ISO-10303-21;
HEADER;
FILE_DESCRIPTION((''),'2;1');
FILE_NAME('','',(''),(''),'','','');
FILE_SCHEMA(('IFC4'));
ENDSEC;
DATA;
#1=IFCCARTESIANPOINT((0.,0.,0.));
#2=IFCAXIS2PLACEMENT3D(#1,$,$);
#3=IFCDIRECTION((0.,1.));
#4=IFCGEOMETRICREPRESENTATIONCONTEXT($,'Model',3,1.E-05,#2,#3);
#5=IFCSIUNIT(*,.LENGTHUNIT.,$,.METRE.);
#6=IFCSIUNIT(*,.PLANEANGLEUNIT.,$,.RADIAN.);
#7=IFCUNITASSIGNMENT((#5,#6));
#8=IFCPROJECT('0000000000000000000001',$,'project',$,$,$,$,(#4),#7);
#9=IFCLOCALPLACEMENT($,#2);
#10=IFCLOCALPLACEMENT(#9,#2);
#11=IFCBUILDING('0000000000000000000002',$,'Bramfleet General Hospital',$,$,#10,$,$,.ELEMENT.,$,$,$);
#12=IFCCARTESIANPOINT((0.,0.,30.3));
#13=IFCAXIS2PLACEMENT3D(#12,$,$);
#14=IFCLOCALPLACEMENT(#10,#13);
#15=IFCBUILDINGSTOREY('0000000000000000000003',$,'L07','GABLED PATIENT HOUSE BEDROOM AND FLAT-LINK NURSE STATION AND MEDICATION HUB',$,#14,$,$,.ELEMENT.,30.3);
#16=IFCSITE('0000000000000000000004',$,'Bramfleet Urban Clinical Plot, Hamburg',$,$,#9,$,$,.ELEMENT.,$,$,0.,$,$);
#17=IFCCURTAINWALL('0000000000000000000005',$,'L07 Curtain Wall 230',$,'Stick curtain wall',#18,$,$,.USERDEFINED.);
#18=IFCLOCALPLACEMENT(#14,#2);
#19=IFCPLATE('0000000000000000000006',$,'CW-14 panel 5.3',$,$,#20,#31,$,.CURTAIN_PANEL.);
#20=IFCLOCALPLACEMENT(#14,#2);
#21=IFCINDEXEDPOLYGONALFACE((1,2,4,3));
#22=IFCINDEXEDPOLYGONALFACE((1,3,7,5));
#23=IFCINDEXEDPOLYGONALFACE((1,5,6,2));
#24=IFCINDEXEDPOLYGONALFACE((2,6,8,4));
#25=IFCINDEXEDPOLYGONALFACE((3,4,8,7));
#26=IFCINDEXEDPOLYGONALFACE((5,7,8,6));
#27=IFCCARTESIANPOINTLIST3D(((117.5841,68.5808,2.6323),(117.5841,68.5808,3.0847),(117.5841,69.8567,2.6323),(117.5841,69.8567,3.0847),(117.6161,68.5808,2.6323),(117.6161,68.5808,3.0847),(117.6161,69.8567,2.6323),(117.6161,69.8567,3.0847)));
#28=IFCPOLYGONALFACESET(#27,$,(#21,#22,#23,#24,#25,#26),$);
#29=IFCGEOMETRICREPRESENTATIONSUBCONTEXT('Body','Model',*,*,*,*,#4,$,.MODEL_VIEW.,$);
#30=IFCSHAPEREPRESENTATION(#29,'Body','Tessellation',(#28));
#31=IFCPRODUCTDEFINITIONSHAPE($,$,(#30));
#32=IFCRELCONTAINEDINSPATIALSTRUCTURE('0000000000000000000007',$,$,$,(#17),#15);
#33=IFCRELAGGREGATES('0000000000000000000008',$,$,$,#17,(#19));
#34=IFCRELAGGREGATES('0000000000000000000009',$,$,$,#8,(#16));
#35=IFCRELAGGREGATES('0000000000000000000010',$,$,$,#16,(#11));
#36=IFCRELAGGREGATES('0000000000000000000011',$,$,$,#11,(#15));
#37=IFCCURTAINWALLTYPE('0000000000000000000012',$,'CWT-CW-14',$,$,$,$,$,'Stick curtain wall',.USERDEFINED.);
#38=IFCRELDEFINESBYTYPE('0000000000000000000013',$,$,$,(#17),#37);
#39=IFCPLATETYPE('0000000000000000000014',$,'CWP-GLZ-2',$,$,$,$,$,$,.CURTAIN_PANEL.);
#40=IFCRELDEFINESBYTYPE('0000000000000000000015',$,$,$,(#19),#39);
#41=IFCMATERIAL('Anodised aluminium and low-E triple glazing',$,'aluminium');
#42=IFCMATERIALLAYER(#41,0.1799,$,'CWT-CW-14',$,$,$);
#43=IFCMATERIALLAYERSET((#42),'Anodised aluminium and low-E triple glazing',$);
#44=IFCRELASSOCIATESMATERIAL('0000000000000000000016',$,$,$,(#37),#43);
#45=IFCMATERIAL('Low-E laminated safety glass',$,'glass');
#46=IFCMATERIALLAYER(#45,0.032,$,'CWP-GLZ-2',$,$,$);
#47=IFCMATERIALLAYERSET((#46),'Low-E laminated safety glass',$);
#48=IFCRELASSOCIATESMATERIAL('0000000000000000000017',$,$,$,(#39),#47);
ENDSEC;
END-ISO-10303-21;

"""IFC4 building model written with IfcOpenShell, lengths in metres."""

from ifc_helpers import new_model, si_unit, direction, frame, origin, origin_2d, place, context, subcontext, project, spatial, rectangle, extrude, material, layer, layer_set, type_object, element, aggregate, save


model = new_model("IFC4")

# Units and contexts
model_context = context("Model", 3, precision=1e-05, world=origin(), true_north=direction((0.0, 1.0)))
body_context = subcontext(model_context, "Body", "Model", "MODEL_VIEW")
ifc_project = project(units=[si_unit("LENGTHUNIT", "METRE"), si_unit("PLANEANGLEUNIT", "RADIAN")], contexts=[model_context])

# Site, building, storey
site_placement = place(None, origin())
site = spatial("IfcSite", under=ifc_project, at=site_placement, Name="Bramfleet Urban Clinical Plot, Hamburg", CompositionType="ELEMENT", RefElevation=0.0)
building_placement = place(site_placement, origin())
building = spatial("IfcBuilding", under=site, at=building_placement, Name="Bramfleet General Hospital", CompositionType="ELEMENT")
storey_placement = place(building_placement, frame((0.0, 0.0, 30.3)))
storey = spatial("IfcBuildingStorey", under=building, at=storey_placement, Name="L07", Description="GABLED PATIENT HOUSE BEDROOM AND FLAT-LINK NURSE STATION AND MEDICATION HUB", CompositionType="ELEMENT", Elevation=30.3)

# Curtain wall, plate
ifc_material_1 = material(Name="Anodised aluminium and low-E triple glazing", Category="aluminium")
ifc_layer_1 = layer(ifc_material_1, 0.1799, Name="CWT-CW-14")
ifc_layer_set_1 = layer_set([ifc_layer_1], Name="Anodised aluminium and low-E triple glazing")
curtain_wall_type = type_object("IfcCurtainWallType", Name="CWT-CW-14", ElementType="Stick curtain wall", PredefinedType="USERDEFINED", material=ifc_layer_set_1)
curtain_wall_placement = place(storey_placement, origin())
curtain_wall = element("IfcCurtainWall", 1, at=curtain_wall_placement, inside=storey, type_object=curtain_wall_type, Name="L07 Curtain Wall 230", ObjectType="Stick curtain wall", PredefinedType="USERDEFINED")
ifc_material_2 = material(Name="Low-E laminated safety glass", Category="glass")
ifc_layer_2 = layer(ifc_material_2, 0.032, Name="CWP-GLZ-2")
ifc_layer_set_2 = layer_set([ifc_layer_2], Name="Low-E laminated safety glass")
plate_type = type_object("IfcPlateType", Name="CWP-GLZ-2", PredefinedType="CURTAIN_PANEL", material=ifc_layer_set_2)
plate_1_placement = place(storey_placement, frame((117.6001, 69.2188, 2.6323), z_axis=(0.0, 0.0, 1.0), x_axis=(0.0, -1.0, 0.0)))
plate_1 = element("IfcPlate", 2, at=plate_1_placement, type_object=plate_type, Name="CW-14 panel 5.3", PredefinedType="CURTAIN_PANEL", context=body_context, shape_type="SweptSolid", body=[
    extrude(rectangle(XDim=1.2759, YDim=0.032, at=origin_2d()), origin(), (0.0, 0.0, 1.0), 0.4524),
])
aggregate(curtain_wall, [plate_1])

save(model, "model.ifc")
